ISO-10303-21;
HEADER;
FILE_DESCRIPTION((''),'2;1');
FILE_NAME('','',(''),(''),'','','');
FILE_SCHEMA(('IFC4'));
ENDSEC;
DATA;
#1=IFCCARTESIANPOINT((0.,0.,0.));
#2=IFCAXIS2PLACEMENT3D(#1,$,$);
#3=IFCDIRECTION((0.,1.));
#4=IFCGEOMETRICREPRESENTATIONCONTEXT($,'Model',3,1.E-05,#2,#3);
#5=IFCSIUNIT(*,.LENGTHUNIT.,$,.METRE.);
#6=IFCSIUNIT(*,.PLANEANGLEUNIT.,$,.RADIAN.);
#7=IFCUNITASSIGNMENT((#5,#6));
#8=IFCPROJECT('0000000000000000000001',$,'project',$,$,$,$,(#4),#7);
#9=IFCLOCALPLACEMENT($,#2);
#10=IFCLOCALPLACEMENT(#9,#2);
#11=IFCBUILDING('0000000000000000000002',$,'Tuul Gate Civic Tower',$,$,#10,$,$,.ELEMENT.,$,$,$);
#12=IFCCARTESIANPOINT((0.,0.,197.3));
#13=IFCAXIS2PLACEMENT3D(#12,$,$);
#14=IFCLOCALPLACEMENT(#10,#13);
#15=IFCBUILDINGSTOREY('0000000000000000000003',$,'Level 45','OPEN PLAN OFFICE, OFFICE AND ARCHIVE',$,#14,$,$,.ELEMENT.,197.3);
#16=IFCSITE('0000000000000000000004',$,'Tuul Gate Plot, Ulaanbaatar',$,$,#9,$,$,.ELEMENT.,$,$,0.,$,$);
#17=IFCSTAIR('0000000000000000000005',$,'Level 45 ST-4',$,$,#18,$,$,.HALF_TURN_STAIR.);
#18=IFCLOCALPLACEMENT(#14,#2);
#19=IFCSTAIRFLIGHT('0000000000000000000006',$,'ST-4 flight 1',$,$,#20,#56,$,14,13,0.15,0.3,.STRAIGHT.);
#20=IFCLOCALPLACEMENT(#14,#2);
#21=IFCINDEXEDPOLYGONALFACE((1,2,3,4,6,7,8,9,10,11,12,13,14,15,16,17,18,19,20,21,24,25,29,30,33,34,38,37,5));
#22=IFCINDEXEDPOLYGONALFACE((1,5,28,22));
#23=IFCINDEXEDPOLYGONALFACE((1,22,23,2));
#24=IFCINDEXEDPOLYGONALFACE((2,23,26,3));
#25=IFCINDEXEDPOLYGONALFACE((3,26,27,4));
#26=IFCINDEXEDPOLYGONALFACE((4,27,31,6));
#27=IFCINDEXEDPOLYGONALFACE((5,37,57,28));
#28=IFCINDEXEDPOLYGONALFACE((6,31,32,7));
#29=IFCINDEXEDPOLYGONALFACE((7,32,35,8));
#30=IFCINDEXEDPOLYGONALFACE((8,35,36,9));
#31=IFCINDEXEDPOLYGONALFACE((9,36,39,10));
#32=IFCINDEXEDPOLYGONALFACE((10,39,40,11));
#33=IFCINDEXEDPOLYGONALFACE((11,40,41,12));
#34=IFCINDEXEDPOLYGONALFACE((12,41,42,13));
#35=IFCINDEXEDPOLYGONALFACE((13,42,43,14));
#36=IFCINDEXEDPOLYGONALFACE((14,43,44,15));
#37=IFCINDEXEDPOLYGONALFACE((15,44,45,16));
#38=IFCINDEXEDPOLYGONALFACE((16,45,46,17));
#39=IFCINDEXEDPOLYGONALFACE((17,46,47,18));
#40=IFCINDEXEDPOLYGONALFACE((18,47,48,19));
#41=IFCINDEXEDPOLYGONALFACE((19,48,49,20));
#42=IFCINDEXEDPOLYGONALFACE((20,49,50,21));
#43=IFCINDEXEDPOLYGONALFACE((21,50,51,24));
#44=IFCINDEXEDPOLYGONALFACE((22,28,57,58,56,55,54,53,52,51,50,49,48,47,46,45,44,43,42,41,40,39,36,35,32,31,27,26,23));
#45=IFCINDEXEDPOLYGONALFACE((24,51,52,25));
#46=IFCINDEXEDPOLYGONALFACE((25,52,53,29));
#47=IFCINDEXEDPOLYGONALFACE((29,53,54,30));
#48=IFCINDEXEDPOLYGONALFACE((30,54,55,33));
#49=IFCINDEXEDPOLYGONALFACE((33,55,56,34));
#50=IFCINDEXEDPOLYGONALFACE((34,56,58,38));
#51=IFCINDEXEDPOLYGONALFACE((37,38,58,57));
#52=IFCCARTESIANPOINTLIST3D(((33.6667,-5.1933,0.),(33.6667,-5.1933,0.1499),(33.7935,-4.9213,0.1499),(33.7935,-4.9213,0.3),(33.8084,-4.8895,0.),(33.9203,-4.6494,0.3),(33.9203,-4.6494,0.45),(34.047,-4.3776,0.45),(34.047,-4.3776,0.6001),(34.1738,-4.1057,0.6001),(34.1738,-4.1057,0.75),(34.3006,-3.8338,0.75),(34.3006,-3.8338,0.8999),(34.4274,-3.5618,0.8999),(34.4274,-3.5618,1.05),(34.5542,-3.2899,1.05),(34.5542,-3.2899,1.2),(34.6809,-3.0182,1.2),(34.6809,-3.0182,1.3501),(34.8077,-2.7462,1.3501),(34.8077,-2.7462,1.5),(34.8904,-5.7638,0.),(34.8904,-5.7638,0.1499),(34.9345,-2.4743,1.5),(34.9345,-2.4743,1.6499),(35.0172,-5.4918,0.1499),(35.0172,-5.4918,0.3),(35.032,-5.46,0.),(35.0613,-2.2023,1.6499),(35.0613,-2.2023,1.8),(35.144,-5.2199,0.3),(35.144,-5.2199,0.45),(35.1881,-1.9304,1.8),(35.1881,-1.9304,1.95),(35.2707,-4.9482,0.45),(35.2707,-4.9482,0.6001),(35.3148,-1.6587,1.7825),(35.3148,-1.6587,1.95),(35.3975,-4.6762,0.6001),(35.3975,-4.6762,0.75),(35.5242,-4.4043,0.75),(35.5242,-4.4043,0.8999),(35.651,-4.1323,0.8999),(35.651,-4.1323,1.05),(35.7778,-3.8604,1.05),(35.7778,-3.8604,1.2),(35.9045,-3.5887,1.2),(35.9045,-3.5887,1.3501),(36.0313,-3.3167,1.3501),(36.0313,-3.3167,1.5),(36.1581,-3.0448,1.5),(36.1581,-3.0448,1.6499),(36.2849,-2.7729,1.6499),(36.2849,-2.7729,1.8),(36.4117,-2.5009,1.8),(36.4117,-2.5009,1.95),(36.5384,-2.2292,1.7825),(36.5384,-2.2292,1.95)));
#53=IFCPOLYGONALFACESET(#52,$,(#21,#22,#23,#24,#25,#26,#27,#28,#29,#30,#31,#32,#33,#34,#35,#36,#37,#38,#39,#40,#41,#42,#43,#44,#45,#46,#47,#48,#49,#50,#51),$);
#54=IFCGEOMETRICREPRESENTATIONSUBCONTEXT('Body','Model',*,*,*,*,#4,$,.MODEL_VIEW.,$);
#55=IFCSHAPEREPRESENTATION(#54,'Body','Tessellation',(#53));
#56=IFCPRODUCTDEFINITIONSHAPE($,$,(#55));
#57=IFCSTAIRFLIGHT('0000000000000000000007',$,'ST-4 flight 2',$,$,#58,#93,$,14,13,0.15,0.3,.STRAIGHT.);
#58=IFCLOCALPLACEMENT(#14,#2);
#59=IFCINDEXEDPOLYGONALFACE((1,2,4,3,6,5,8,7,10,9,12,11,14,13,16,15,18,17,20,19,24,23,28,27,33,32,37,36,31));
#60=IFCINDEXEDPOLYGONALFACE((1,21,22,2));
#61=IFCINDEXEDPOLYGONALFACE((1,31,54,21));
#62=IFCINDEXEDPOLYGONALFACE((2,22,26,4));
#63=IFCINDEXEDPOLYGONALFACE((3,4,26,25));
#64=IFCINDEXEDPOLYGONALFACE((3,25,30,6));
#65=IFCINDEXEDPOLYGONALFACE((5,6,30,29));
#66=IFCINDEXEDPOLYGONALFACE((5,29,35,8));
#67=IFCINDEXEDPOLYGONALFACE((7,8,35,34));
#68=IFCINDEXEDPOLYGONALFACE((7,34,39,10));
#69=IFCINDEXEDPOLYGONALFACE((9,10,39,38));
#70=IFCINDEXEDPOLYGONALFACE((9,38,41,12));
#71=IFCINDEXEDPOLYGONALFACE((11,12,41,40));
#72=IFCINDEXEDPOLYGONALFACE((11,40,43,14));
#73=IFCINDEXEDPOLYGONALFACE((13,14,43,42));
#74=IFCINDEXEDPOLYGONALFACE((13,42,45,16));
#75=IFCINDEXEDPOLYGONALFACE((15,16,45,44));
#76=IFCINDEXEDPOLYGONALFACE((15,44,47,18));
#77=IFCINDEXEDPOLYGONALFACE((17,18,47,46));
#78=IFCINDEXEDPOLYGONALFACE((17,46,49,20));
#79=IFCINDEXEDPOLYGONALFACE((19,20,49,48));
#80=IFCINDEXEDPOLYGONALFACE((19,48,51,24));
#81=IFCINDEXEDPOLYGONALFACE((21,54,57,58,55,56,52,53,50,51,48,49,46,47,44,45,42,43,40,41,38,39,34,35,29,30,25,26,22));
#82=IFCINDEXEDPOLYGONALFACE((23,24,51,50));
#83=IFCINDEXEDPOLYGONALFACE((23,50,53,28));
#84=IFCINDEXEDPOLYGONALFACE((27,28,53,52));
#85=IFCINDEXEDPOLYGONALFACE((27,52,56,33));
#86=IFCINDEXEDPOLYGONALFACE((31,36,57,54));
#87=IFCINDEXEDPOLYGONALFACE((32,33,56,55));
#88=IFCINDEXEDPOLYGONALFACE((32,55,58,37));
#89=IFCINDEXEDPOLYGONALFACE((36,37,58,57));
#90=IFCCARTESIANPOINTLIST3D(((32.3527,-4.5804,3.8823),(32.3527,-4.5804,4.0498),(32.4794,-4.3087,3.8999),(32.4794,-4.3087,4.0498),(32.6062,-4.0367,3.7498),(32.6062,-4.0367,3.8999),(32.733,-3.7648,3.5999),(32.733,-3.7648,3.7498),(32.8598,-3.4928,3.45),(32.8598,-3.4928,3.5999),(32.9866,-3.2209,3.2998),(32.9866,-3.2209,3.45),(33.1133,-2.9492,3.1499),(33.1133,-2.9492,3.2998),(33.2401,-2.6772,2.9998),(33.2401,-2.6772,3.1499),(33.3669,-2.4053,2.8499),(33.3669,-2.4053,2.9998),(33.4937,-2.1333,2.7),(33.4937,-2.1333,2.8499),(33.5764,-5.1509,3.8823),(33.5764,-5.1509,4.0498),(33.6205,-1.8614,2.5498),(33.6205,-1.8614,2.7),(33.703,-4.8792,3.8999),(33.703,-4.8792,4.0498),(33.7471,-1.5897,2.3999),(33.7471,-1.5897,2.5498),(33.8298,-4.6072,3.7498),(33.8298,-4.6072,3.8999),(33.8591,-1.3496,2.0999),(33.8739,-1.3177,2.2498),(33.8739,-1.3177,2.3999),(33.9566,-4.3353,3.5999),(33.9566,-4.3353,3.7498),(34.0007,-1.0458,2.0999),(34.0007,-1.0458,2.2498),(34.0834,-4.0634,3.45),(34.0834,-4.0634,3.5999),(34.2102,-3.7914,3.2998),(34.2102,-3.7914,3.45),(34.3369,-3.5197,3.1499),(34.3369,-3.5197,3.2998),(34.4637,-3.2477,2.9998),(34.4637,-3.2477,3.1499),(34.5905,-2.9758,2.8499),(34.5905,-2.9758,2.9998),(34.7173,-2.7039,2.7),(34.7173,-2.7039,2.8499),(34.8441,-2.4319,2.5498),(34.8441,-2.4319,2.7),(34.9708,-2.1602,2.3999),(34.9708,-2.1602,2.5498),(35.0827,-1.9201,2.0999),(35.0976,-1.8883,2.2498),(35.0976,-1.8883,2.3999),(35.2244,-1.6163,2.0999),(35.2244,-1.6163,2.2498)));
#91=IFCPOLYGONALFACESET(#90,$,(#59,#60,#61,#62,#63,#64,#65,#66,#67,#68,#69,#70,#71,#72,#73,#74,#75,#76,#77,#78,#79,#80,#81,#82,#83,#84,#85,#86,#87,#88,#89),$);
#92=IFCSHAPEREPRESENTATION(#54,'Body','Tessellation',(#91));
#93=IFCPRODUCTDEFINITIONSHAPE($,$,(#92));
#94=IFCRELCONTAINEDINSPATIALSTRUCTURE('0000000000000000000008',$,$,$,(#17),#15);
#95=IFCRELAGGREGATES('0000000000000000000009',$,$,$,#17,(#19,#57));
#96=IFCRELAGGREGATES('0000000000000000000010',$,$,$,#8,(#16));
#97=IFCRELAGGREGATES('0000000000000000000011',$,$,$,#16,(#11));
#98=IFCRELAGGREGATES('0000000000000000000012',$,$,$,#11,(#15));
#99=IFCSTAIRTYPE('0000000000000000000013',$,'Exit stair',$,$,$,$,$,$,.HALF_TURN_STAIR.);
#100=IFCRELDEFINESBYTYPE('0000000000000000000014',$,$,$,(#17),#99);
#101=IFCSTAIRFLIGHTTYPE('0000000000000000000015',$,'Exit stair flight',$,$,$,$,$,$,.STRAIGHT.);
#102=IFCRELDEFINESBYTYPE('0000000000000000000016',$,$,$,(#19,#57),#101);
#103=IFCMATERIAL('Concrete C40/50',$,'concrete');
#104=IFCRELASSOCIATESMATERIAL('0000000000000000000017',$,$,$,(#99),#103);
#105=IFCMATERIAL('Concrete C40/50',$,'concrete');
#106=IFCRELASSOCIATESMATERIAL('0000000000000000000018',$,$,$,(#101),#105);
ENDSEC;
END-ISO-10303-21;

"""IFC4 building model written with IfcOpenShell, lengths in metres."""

from ifc_helpers import new_model, si_unit, direction, frame, origin, place, context, subcontext, project, spatial, polyline, outline, extrude, material, type_object, element, aggregate, save


model = new_model("IFC4")

# Units and contexts
model_context = context("Model", 3, precision=1e-05, world=origin(), true_north=direction((0.0, 1.0)))
body_context = subcontext(model_context, "Body", "Model", "MODEL_VIEW")
ifc_project = project(units=[si_unit("LENGTHUNIT", "METRE"), si_unit("PLANEANGLEUNIT", "RADIAN")], contexts=[model_context])

# Site, building, storey
site_placement = place(None, origin())
site = spatial("IfcSite", under=ifc_project, at=site_placement, Name="Tuul Gate Plot, Ulaanbaatar", CompositionType="ELEMENT", RefElevation=0.0)
building_placement = place(site_placement, origin())
building = spatial("IfcBuilding", under=site, at=building_placement, Name="Tuul Gate Civic Tower", CompositionType="ELEMENT")
storey_placement = place(building_placement, frame((0.0, 0.0, 197.3)))
storey = spatial("IfcBuildingStorey", under=building, at=storey_placement, Name="Level 45", Description="OPEN PLAN OFFICE, OFFICE AND ARCHIVE", CompositionType="ELEMENT", Elevation=197.3)

# Stair, stair flights
ifc_material_1 = material(Name="Concrete C40/50", Category="concrete")
stair_type = type_object("IfcStairType", Name="Exit stair", PredefinedType="HALF_TURN_STAIR", material=ifc_material_1)
stair_placement = place(storey_placement, origin())
stair = element("IfcStair", 1, at=stair_placement, inside=storey, type_object=stair_type, Name="Level 45 ST-4", PredefinedType="HALF_TURN_STAIR")
ifc_material_2 = material(Name="Concrete C40/50", Category="concrete")
stair_flight_type = type_object("IfcStairFlightType", Name="Exit stair flight", PredefinedType="STRAIGHT", material=ifc_material_2)
stair_flight_1_placement = place(storey_placement, frame((34.2786, -5.4785, 0.0), z_axis=(0.0, 0.0, 1.0), x_axis=(0.422576, 0.906327, 0.0)))
stair_flight_1 = element("IfcStairFlight", 2, at=stair_flight_1_placement, type_object=stair_flight_type, Name="ST-4 flight 1", NumberOfRisers=14, NumberOfTreads=13, PredefinedType="STRAIGHT", RiserHeight=0.15, TreadLength=0.3, context=body_context, shape_type="SweptSolid", body=[
    extrude(outline(polyline([(0.0, 0.0), (0.0, 0.1499), (0.3, 0.1499), (0.3, 0.3), (0.6001, 0.3), (0.6001, 0.45), (0.8999, 0.45), (0.8999, 0.6001), (1.2, 0.6001), (1.2, 0.75), (1.5, 0.75), (1.5, 0.8999), (1.8, 0.8999), (1.8, 1.05), (2.1001, 1.05), (2.1001, 1.2), (2.3999, 1.2), (2.3999, 1.3501), (2.7, 1.3501), (2.7, 1.5), (3.0, 1.5), (3.0, 1.6499), (3.3, 1.6499), (3.3, 1.8), (3.6001, 1.8), (3.6001, 1.95), (3.8999, 1.95), (3.8999, 2.1001), (3.8999, 1.7825), (0.3352, 0.0), (0.0, 0.0)])), frame((0.0, 0.675, 0.0), z_axis=(0.0, -1.0, 0.0), x_axis=(1.0, 0.0, 0.0)), (0.0, 0.0, 1.0), 1.3501),
])
stair_flight_2_placement = place(storey_placement, frame((34.6125, -1.3311, 2.0999), z_axis=(0.0, 0.0, 1.0), x_axis=(-0.422576, -0.906327, 0.0)))
stair_flight_2 = element("IfcStairFlight", 3, at=stair_flight_2_placement, type_object=stair_flight_type, Name="ST-4 flight 2", NumberOfRisers=14, NumberOfTreads=13, PredefinedType="STRAIGHT", RiserHeight=0.15, TreadLength=0.3, context=body_context, shape_type="SweptSolid", body=[
    extrude(outline(polyline([(0.0, 0.0), (0.0, 0.1499), (0.3, 0.1499), (0.3, 0.3), (0.6001, 0.3), (0.6001, 0.45), (0.8999, 0.45), (0.8999, 0.6001), (1.2, 0.6001), (1.2, 0.75), (1.5, 0.75), (1.5, 0.8999), (1.8, 0.8999), (1.8, 1.05), (2.1001, 1.05), (2.1001, 1.2), (2.3999, 1.2), (2.3999, 1.3501), (2.7, 1.3501), (2.7, 1.5), (3.0, 1.5), (3.0, 1.6499), (3.3, 1.6499), (3.3, 1.8), (3.6001, 1.8), (3.6001, 1.95), (3.8999, 1.95), (3.8999, 2.1001), (3.8999, 1.7825), (0.3352, 0.0), (0.0, 0.0)])), frame((0.0, 0.675, 0.0), z_axis=(0.0, -1.0, 0.0), x_axis=(1.0, 0.0, 0.0)), (0.0, 0.0, 1.0), 1.3501),
])
aggregate(stair, [stair_flight_1, stair_flight_2])

save(model, "model.ifc")
